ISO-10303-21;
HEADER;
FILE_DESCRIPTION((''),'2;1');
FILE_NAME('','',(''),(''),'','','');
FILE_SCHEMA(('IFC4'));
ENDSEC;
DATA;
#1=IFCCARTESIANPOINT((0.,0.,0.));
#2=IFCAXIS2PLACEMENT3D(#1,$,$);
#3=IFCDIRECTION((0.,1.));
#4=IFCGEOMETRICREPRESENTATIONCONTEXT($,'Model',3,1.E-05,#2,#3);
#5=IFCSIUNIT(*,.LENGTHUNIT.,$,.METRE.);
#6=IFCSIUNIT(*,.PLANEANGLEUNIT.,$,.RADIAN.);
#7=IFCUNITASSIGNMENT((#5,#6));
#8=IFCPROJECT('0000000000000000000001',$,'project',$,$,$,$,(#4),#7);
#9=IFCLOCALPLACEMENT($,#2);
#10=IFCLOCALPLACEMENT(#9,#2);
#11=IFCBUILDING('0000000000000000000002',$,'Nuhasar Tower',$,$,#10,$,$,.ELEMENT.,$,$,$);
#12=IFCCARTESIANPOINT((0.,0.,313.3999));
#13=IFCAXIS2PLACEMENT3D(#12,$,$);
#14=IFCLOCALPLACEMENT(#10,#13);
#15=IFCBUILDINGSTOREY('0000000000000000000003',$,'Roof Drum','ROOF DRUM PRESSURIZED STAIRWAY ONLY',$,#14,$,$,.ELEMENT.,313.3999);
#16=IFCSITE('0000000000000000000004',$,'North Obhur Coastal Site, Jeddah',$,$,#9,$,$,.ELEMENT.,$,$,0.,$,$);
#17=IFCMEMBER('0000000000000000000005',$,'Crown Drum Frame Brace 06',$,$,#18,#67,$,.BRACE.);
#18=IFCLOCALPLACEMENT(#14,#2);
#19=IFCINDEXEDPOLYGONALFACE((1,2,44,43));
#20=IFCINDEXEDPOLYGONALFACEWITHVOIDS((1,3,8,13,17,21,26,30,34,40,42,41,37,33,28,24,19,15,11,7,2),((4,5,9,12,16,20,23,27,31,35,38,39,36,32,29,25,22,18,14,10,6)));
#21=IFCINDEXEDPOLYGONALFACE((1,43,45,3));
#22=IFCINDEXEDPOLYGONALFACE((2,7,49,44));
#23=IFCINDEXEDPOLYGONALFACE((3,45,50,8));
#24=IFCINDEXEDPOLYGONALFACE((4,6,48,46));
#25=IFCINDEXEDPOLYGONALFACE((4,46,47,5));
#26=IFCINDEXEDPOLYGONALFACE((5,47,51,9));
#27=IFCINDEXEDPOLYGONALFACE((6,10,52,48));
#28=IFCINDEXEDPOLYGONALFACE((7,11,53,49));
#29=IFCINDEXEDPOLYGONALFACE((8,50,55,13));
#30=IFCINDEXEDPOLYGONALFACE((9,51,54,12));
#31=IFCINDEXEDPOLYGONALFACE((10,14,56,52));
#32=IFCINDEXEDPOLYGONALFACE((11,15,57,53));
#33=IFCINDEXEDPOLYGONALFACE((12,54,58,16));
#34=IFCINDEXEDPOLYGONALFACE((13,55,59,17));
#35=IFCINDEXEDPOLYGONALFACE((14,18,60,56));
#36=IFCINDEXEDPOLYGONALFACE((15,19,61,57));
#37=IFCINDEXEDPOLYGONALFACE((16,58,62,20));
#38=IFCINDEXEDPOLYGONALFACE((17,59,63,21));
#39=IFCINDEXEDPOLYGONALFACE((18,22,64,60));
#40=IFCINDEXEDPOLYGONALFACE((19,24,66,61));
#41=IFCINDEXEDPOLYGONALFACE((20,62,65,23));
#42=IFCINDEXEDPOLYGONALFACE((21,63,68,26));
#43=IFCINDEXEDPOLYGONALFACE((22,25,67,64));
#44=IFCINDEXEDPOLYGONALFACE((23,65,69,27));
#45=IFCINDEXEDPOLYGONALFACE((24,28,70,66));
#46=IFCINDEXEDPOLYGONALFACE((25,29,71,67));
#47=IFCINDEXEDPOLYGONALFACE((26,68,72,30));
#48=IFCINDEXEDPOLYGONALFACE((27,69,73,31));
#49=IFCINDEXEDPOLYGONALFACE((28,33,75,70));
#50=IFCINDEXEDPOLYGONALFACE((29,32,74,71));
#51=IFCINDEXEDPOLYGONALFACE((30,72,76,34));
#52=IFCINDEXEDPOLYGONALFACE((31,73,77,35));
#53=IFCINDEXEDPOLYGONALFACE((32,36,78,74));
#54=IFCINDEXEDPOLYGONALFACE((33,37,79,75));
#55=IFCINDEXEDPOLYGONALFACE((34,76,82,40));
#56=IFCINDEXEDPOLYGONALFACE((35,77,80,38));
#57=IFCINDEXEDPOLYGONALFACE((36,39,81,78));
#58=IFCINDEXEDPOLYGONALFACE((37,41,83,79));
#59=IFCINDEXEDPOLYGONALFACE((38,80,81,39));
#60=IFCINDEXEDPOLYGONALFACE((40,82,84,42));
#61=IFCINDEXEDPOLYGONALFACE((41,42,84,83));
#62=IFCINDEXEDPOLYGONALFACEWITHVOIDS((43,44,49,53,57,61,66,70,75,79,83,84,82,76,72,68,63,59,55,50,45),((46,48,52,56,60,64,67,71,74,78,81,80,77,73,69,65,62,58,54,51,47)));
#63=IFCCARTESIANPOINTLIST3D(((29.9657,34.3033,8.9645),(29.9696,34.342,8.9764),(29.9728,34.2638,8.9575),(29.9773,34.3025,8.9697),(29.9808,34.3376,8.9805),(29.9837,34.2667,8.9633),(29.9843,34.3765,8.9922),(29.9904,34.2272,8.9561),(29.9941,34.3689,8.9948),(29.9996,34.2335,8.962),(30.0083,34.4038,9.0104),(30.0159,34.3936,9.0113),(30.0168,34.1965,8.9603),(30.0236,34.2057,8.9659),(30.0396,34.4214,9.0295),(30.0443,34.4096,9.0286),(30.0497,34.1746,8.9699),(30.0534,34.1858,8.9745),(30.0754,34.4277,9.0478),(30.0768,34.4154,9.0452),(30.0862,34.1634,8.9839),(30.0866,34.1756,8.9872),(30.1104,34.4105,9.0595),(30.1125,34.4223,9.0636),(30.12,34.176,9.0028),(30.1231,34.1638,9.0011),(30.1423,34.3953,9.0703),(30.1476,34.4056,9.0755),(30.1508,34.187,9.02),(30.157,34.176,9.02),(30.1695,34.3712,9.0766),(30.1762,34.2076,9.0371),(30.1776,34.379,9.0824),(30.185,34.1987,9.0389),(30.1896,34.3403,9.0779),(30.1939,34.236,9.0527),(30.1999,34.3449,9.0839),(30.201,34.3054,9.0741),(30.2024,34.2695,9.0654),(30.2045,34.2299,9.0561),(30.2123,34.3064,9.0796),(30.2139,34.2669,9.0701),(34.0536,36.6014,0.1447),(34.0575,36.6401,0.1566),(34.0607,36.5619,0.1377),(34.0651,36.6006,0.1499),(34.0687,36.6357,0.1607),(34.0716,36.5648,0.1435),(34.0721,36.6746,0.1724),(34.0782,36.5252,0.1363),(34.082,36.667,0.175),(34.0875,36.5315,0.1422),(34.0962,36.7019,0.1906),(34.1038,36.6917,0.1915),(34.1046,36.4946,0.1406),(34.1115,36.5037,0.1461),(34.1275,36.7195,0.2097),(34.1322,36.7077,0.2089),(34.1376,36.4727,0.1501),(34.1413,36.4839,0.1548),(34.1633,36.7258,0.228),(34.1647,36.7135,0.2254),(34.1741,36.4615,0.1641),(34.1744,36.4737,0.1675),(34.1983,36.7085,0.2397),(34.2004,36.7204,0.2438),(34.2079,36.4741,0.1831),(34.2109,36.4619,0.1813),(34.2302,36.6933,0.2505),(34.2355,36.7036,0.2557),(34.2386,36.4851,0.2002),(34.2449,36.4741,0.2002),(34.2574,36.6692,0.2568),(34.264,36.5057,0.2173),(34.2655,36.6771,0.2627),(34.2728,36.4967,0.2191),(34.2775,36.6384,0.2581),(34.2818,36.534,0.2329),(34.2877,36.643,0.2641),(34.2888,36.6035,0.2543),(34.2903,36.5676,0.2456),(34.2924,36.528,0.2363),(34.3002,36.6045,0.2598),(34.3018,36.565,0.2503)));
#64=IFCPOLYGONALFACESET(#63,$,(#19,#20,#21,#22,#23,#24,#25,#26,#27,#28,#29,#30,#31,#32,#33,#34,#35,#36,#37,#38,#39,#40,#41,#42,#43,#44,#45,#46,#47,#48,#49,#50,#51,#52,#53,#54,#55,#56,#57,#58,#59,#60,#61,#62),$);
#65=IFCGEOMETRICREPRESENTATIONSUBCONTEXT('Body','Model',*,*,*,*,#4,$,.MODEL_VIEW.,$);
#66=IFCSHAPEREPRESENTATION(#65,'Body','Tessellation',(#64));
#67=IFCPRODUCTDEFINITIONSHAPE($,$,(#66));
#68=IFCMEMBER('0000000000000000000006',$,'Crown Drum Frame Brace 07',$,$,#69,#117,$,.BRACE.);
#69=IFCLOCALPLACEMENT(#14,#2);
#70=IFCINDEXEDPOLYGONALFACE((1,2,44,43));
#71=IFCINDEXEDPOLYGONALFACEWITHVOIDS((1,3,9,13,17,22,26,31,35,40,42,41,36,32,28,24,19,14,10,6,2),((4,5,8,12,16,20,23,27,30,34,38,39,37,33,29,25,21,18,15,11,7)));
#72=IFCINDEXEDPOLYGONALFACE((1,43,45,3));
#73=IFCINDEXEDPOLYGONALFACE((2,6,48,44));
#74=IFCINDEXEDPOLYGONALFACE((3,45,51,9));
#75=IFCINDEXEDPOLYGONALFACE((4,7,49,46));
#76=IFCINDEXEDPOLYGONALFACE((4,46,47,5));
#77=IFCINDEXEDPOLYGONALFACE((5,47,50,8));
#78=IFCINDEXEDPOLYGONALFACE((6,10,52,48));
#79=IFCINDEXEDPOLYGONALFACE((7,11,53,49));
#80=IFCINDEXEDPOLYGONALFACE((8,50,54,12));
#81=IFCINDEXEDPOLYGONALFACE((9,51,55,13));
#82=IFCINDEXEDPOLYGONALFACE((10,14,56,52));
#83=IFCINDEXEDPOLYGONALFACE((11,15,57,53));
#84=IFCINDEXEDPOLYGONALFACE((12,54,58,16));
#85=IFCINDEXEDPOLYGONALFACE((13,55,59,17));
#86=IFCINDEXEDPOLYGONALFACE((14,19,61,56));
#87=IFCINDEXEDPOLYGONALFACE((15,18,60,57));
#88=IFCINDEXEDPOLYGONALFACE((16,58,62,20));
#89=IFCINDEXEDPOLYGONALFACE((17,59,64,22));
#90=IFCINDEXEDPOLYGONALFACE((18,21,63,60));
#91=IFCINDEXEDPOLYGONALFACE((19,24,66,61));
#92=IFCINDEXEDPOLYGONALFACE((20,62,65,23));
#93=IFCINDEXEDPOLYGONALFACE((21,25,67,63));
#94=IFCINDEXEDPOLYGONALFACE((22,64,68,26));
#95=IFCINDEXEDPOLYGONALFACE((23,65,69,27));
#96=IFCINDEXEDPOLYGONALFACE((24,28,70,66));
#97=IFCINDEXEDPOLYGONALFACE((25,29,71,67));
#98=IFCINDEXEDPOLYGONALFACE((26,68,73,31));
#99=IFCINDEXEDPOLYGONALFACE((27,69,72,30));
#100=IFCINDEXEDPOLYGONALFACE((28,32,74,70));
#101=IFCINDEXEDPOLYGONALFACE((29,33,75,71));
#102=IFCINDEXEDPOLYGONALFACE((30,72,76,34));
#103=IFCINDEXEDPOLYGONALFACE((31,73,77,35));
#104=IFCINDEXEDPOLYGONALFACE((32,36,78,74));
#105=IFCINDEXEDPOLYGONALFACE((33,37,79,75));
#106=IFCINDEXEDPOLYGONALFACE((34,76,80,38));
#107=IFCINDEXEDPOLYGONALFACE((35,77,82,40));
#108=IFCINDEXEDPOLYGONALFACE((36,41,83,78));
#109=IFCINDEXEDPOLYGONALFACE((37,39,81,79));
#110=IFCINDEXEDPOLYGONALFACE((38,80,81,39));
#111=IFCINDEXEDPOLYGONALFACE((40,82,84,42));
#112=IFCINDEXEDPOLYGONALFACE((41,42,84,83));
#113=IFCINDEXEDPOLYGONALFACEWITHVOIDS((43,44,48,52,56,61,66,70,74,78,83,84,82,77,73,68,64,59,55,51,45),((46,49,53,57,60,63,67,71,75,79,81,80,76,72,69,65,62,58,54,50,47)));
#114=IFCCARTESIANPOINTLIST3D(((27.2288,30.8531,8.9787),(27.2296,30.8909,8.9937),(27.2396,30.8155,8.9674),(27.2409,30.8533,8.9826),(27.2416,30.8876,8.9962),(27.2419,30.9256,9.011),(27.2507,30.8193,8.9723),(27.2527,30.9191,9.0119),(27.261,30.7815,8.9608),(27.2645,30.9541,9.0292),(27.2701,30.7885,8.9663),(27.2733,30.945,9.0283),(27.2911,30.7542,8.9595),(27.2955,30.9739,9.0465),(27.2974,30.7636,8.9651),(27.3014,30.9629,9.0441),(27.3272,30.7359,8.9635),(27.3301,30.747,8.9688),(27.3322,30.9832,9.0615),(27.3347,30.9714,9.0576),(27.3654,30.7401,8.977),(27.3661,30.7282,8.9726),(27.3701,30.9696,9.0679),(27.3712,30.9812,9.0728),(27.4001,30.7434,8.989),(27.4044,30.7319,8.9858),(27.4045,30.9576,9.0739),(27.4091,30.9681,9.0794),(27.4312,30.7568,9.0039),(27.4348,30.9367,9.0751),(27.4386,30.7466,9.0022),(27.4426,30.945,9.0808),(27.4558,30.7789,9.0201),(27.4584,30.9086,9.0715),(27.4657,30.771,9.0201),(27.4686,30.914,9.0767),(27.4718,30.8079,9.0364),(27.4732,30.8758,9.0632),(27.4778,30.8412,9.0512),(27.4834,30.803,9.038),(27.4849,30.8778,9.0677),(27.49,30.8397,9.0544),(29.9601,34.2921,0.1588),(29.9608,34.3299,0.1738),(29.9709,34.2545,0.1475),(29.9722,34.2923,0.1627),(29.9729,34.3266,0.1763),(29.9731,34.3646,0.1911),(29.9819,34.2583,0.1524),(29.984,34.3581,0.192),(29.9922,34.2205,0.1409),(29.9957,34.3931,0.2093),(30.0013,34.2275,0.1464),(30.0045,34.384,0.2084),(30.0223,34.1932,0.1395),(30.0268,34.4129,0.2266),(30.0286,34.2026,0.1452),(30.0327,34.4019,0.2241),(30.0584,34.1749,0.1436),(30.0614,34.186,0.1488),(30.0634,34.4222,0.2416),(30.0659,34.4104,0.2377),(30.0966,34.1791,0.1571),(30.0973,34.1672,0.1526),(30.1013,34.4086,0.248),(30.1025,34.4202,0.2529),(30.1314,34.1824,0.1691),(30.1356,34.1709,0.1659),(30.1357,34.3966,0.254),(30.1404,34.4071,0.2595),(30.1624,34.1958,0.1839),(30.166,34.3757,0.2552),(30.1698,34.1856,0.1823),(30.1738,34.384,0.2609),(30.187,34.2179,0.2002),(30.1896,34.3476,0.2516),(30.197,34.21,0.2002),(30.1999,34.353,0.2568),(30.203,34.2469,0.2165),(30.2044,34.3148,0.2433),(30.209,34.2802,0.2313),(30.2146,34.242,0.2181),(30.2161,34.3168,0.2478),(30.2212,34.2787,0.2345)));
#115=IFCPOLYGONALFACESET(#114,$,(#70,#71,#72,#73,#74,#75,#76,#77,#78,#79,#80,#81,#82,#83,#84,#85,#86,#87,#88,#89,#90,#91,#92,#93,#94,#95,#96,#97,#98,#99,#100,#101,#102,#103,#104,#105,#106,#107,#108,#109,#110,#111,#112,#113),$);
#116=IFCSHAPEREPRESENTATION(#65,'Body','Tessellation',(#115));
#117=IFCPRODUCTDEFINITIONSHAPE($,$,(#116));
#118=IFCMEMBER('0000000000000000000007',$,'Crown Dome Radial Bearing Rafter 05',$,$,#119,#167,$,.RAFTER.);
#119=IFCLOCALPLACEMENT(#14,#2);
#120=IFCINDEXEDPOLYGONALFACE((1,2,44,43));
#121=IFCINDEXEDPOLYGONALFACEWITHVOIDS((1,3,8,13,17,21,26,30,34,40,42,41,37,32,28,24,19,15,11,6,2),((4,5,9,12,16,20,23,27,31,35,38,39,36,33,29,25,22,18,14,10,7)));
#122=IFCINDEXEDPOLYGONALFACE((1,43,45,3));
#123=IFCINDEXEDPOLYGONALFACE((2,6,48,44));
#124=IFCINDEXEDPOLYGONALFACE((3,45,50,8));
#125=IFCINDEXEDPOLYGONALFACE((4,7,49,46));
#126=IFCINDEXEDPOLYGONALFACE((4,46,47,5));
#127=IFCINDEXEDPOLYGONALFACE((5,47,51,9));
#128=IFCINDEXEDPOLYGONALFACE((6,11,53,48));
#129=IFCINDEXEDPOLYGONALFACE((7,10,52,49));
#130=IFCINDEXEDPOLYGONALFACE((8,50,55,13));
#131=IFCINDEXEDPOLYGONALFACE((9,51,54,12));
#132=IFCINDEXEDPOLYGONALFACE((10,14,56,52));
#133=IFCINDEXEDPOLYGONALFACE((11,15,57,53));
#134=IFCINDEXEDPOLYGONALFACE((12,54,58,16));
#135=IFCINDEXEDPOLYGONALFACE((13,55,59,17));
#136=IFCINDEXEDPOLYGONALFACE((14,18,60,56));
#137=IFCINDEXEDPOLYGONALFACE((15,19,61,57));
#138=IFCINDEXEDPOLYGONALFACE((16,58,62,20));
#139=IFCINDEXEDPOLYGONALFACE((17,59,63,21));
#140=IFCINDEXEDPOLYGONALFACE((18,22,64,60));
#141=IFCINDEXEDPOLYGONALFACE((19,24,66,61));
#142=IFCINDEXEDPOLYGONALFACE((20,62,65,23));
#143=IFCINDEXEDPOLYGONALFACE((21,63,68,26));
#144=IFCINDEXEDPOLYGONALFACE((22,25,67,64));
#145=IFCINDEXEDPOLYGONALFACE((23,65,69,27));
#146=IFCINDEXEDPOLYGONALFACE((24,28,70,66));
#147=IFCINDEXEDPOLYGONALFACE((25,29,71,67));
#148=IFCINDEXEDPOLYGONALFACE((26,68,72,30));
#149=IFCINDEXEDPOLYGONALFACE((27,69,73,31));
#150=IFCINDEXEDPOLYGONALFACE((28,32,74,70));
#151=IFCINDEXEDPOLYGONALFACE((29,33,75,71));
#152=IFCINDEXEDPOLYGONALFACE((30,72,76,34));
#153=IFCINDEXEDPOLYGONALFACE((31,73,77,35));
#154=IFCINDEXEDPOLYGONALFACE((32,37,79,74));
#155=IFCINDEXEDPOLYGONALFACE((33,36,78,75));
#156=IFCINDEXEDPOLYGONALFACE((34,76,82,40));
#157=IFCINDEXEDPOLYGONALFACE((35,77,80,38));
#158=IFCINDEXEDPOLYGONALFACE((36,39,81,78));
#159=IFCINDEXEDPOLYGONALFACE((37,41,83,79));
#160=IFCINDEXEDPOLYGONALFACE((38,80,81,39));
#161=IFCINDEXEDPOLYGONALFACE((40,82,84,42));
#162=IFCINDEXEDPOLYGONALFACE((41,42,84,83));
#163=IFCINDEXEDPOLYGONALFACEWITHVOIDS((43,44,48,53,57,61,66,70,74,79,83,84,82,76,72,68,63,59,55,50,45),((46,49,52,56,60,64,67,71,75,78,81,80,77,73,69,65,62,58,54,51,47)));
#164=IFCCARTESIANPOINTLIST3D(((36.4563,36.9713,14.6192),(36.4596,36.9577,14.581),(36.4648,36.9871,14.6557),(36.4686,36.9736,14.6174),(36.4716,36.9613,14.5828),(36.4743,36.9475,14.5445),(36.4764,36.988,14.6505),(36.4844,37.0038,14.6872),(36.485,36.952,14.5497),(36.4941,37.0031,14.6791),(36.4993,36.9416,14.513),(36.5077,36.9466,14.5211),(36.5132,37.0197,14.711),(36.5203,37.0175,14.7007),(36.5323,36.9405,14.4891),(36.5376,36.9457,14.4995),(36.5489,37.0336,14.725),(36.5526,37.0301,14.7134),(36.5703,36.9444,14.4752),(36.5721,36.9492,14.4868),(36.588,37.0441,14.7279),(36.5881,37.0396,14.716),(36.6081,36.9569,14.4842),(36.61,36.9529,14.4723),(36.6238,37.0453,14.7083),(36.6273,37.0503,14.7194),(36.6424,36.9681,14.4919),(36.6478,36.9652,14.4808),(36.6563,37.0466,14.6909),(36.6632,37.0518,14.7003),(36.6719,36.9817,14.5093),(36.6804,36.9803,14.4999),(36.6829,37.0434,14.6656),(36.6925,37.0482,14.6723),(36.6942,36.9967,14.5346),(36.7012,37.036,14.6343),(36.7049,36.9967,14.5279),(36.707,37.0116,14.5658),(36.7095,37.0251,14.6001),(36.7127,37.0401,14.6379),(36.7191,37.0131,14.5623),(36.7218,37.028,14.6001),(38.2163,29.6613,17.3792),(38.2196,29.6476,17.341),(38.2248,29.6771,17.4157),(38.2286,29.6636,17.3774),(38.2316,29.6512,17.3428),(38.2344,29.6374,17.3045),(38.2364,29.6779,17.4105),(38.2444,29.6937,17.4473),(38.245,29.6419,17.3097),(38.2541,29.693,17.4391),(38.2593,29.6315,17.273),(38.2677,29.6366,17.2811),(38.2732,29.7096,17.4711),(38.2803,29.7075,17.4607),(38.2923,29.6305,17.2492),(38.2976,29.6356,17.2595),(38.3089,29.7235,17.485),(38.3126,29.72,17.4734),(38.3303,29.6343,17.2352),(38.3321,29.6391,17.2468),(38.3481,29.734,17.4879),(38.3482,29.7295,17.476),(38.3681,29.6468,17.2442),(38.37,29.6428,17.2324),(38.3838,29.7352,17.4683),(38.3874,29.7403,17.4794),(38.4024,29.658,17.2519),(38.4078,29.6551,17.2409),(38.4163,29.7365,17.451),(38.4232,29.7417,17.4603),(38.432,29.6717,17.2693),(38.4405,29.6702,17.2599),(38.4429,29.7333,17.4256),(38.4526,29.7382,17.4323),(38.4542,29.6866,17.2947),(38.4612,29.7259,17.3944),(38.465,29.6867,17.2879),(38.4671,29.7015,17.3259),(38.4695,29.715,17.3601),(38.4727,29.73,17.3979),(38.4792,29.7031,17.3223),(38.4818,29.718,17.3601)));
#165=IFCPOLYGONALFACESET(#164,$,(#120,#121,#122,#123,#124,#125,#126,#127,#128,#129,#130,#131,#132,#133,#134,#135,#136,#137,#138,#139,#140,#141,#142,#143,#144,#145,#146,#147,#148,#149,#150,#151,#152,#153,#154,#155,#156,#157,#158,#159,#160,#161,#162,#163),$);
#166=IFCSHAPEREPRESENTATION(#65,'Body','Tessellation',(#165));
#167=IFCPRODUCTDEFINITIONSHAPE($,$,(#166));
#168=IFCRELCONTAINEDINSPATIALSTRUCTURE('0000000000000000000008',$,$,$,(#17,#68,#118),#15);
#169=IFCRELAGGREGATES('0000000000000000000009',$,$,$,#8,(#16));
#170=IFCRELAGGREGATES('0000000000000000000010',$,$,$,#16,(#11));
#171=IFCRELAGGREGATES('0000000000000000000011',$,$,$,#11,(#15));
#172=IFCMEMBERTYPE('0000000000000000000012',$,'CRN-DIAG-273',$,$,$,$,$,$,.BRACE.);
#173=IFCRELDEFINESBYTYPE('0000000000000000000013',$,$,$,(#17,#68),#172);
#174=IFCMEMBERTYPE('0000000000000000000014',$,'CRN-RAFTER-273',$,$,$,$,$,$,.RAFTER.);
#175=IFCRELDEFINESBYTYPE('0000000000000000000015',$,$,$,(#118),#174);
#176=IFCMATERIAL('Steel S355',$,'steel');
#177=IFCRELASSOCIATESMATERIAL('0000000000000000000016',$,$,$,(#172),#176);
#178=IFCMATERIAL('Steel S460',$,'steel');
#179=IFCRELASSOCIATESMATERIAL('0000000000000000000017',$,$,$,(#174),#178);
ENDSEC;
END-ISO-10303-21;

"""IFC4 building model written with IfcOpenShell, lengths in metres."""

from ifc_helpers import new_model, si_unit, direction, frame, origin, origin_2d, place, context, subcontext, project, spatial, hollow_circle, extrude, material, material_profile, profile_set, type_object, element, save


model = new_model("IFC4")

# Units and contexts
model_context = context("Model", 3, precision=1e-05, world=origin(), true_north=direction((0.0, 1.0)))
body_context = subcontext(model_context, "Body", "Model", "MODEL_VIEW")
ifc_project = project(units=[si_unit("LENGTHUNIT", "METRE"), si_unit("PLANEANGLEUNIT", "RADIAN")], contexts=[model_context])

# Site, building, storey
site_placement = place(None, origin())
site = spatial("IfcSite", under=ifc_project, at=site_placement, Name="North Obhur Coastal Site, Jeddah", CompositionType="ELEMENT", RefElevation=0.0)
building_placement = place(site_placement, origin())
building = spatial("IfcBuilding", under=site, at=building_placement, Name="Nuhasar Tower", CompositionType="ELEMENT")
storey_placement = place(building_placement, frame((0.0, 0.0, 313.3999)))
storey = spatial("IfcBuildingStorey", under=building, at=storey_placement, Name="Roof Drum", Description="ROOF DRUM PRESSURIZED STAIRWAY ONLY", CompositionType="ELEMENT", Elevation=313.3999)

# Shared definitions
ifc_material_1 = material(Name="Steel S460", Category="steel")

# Shared definitions
ifc_material_2 = material(Name="Steel S355", Category="steel")

# Members
ifc_material_profile_1 = material_profile(ifc_material_2, hollow_circle(Radius=0.1365, WallThickness=0.0127, at=origin_2d()), Name="HSS273.1X12.7")
ifc_profile_set_1 = profile_set([ifc_material_profile_1], Name="Steel S355")
member_type_1 = type_object("IfcMemberType", Name="CRN-DIAG-273", PredefinedType="BRACE", material=ifc_profile_set_1)
member_1_placement = place(storey_placement, frame((34.178, 36.593, 0.2002), z_axis=(-0.409237, -0.230061, 0.882948), x_axis=(0.490044, -0.871698, 0.0)))
element("IfcMember", 1, at=member_1_placement, inside=storey, type_object=member_type_1, Name="Crown Drum Frame Brace 06", PredefinedType="BRACE", context=body_context, shape_type="SweptSolid", body=[
    extrude(hollow_circle(Radius=0.1365, WallThickness=0.0127, at=origin_2d()), origin(), (0.0, 0.0, 1.0), 9.989),
])
member_2_placement = place(storey_placement, frame((30.0901, 34.2949, 0.2002), z_axis=(-0.277204, -0.349039, 0.89517), x_axis=(0.783082, -0.621918, 0.0)))
element("IfcMember", 2, at=member_2_placement, inside=storey, type_object=member_type_1, Name="Crown Drum Frame Brace 07", PredefinedType="BRACE", context=body_context, shape_type="SweptSolid", body=[
    extrude(hollow_circle(Radius=0.1365, WallThickness=0.0127, at=origin_2d()), origin(), (0.0, 0.0, 1.0), 9.8528),
])
ifc_material_profile_2 = material_profile(ifc_material_1, hollow_circle(Radius=0.1365, WallThickness=0.0127, at=origin_2d()), Name="HSS273.1X12.7")
ifc_profile_set_2 = profile_set([ifc_material_profile_2], Name="Steel S460")
member_type_2 = type_object("IfcMemberType", Name="CRN-RAFTER-273", PredefinedType="RAFTER", material=ifc_profile_set_2)
member_3_placement = place(storey_placement, frame((36.5891, 36.9961, 14.6001), z_axis=(0.21974, -0.912672, 0.344592), x_axis=(0.972218, 0.234077, 0.0)))
element("IfcMember", 3, at=member_3_placement, inside=storey, type_object=member_type_2, Name="Crown Dome Radial Bearing Rafter 05", PredefinedType="RAFTER", context=body_context, shape_type="SweptSolid", body=[
    extrude(hollow_circle(Radius=0.1365, WallThickness=0.0127, at=origin_2d()), origin(), (0.0, 0.0, 1.0), 8.0095),
])

save(model, "model.ifc")
